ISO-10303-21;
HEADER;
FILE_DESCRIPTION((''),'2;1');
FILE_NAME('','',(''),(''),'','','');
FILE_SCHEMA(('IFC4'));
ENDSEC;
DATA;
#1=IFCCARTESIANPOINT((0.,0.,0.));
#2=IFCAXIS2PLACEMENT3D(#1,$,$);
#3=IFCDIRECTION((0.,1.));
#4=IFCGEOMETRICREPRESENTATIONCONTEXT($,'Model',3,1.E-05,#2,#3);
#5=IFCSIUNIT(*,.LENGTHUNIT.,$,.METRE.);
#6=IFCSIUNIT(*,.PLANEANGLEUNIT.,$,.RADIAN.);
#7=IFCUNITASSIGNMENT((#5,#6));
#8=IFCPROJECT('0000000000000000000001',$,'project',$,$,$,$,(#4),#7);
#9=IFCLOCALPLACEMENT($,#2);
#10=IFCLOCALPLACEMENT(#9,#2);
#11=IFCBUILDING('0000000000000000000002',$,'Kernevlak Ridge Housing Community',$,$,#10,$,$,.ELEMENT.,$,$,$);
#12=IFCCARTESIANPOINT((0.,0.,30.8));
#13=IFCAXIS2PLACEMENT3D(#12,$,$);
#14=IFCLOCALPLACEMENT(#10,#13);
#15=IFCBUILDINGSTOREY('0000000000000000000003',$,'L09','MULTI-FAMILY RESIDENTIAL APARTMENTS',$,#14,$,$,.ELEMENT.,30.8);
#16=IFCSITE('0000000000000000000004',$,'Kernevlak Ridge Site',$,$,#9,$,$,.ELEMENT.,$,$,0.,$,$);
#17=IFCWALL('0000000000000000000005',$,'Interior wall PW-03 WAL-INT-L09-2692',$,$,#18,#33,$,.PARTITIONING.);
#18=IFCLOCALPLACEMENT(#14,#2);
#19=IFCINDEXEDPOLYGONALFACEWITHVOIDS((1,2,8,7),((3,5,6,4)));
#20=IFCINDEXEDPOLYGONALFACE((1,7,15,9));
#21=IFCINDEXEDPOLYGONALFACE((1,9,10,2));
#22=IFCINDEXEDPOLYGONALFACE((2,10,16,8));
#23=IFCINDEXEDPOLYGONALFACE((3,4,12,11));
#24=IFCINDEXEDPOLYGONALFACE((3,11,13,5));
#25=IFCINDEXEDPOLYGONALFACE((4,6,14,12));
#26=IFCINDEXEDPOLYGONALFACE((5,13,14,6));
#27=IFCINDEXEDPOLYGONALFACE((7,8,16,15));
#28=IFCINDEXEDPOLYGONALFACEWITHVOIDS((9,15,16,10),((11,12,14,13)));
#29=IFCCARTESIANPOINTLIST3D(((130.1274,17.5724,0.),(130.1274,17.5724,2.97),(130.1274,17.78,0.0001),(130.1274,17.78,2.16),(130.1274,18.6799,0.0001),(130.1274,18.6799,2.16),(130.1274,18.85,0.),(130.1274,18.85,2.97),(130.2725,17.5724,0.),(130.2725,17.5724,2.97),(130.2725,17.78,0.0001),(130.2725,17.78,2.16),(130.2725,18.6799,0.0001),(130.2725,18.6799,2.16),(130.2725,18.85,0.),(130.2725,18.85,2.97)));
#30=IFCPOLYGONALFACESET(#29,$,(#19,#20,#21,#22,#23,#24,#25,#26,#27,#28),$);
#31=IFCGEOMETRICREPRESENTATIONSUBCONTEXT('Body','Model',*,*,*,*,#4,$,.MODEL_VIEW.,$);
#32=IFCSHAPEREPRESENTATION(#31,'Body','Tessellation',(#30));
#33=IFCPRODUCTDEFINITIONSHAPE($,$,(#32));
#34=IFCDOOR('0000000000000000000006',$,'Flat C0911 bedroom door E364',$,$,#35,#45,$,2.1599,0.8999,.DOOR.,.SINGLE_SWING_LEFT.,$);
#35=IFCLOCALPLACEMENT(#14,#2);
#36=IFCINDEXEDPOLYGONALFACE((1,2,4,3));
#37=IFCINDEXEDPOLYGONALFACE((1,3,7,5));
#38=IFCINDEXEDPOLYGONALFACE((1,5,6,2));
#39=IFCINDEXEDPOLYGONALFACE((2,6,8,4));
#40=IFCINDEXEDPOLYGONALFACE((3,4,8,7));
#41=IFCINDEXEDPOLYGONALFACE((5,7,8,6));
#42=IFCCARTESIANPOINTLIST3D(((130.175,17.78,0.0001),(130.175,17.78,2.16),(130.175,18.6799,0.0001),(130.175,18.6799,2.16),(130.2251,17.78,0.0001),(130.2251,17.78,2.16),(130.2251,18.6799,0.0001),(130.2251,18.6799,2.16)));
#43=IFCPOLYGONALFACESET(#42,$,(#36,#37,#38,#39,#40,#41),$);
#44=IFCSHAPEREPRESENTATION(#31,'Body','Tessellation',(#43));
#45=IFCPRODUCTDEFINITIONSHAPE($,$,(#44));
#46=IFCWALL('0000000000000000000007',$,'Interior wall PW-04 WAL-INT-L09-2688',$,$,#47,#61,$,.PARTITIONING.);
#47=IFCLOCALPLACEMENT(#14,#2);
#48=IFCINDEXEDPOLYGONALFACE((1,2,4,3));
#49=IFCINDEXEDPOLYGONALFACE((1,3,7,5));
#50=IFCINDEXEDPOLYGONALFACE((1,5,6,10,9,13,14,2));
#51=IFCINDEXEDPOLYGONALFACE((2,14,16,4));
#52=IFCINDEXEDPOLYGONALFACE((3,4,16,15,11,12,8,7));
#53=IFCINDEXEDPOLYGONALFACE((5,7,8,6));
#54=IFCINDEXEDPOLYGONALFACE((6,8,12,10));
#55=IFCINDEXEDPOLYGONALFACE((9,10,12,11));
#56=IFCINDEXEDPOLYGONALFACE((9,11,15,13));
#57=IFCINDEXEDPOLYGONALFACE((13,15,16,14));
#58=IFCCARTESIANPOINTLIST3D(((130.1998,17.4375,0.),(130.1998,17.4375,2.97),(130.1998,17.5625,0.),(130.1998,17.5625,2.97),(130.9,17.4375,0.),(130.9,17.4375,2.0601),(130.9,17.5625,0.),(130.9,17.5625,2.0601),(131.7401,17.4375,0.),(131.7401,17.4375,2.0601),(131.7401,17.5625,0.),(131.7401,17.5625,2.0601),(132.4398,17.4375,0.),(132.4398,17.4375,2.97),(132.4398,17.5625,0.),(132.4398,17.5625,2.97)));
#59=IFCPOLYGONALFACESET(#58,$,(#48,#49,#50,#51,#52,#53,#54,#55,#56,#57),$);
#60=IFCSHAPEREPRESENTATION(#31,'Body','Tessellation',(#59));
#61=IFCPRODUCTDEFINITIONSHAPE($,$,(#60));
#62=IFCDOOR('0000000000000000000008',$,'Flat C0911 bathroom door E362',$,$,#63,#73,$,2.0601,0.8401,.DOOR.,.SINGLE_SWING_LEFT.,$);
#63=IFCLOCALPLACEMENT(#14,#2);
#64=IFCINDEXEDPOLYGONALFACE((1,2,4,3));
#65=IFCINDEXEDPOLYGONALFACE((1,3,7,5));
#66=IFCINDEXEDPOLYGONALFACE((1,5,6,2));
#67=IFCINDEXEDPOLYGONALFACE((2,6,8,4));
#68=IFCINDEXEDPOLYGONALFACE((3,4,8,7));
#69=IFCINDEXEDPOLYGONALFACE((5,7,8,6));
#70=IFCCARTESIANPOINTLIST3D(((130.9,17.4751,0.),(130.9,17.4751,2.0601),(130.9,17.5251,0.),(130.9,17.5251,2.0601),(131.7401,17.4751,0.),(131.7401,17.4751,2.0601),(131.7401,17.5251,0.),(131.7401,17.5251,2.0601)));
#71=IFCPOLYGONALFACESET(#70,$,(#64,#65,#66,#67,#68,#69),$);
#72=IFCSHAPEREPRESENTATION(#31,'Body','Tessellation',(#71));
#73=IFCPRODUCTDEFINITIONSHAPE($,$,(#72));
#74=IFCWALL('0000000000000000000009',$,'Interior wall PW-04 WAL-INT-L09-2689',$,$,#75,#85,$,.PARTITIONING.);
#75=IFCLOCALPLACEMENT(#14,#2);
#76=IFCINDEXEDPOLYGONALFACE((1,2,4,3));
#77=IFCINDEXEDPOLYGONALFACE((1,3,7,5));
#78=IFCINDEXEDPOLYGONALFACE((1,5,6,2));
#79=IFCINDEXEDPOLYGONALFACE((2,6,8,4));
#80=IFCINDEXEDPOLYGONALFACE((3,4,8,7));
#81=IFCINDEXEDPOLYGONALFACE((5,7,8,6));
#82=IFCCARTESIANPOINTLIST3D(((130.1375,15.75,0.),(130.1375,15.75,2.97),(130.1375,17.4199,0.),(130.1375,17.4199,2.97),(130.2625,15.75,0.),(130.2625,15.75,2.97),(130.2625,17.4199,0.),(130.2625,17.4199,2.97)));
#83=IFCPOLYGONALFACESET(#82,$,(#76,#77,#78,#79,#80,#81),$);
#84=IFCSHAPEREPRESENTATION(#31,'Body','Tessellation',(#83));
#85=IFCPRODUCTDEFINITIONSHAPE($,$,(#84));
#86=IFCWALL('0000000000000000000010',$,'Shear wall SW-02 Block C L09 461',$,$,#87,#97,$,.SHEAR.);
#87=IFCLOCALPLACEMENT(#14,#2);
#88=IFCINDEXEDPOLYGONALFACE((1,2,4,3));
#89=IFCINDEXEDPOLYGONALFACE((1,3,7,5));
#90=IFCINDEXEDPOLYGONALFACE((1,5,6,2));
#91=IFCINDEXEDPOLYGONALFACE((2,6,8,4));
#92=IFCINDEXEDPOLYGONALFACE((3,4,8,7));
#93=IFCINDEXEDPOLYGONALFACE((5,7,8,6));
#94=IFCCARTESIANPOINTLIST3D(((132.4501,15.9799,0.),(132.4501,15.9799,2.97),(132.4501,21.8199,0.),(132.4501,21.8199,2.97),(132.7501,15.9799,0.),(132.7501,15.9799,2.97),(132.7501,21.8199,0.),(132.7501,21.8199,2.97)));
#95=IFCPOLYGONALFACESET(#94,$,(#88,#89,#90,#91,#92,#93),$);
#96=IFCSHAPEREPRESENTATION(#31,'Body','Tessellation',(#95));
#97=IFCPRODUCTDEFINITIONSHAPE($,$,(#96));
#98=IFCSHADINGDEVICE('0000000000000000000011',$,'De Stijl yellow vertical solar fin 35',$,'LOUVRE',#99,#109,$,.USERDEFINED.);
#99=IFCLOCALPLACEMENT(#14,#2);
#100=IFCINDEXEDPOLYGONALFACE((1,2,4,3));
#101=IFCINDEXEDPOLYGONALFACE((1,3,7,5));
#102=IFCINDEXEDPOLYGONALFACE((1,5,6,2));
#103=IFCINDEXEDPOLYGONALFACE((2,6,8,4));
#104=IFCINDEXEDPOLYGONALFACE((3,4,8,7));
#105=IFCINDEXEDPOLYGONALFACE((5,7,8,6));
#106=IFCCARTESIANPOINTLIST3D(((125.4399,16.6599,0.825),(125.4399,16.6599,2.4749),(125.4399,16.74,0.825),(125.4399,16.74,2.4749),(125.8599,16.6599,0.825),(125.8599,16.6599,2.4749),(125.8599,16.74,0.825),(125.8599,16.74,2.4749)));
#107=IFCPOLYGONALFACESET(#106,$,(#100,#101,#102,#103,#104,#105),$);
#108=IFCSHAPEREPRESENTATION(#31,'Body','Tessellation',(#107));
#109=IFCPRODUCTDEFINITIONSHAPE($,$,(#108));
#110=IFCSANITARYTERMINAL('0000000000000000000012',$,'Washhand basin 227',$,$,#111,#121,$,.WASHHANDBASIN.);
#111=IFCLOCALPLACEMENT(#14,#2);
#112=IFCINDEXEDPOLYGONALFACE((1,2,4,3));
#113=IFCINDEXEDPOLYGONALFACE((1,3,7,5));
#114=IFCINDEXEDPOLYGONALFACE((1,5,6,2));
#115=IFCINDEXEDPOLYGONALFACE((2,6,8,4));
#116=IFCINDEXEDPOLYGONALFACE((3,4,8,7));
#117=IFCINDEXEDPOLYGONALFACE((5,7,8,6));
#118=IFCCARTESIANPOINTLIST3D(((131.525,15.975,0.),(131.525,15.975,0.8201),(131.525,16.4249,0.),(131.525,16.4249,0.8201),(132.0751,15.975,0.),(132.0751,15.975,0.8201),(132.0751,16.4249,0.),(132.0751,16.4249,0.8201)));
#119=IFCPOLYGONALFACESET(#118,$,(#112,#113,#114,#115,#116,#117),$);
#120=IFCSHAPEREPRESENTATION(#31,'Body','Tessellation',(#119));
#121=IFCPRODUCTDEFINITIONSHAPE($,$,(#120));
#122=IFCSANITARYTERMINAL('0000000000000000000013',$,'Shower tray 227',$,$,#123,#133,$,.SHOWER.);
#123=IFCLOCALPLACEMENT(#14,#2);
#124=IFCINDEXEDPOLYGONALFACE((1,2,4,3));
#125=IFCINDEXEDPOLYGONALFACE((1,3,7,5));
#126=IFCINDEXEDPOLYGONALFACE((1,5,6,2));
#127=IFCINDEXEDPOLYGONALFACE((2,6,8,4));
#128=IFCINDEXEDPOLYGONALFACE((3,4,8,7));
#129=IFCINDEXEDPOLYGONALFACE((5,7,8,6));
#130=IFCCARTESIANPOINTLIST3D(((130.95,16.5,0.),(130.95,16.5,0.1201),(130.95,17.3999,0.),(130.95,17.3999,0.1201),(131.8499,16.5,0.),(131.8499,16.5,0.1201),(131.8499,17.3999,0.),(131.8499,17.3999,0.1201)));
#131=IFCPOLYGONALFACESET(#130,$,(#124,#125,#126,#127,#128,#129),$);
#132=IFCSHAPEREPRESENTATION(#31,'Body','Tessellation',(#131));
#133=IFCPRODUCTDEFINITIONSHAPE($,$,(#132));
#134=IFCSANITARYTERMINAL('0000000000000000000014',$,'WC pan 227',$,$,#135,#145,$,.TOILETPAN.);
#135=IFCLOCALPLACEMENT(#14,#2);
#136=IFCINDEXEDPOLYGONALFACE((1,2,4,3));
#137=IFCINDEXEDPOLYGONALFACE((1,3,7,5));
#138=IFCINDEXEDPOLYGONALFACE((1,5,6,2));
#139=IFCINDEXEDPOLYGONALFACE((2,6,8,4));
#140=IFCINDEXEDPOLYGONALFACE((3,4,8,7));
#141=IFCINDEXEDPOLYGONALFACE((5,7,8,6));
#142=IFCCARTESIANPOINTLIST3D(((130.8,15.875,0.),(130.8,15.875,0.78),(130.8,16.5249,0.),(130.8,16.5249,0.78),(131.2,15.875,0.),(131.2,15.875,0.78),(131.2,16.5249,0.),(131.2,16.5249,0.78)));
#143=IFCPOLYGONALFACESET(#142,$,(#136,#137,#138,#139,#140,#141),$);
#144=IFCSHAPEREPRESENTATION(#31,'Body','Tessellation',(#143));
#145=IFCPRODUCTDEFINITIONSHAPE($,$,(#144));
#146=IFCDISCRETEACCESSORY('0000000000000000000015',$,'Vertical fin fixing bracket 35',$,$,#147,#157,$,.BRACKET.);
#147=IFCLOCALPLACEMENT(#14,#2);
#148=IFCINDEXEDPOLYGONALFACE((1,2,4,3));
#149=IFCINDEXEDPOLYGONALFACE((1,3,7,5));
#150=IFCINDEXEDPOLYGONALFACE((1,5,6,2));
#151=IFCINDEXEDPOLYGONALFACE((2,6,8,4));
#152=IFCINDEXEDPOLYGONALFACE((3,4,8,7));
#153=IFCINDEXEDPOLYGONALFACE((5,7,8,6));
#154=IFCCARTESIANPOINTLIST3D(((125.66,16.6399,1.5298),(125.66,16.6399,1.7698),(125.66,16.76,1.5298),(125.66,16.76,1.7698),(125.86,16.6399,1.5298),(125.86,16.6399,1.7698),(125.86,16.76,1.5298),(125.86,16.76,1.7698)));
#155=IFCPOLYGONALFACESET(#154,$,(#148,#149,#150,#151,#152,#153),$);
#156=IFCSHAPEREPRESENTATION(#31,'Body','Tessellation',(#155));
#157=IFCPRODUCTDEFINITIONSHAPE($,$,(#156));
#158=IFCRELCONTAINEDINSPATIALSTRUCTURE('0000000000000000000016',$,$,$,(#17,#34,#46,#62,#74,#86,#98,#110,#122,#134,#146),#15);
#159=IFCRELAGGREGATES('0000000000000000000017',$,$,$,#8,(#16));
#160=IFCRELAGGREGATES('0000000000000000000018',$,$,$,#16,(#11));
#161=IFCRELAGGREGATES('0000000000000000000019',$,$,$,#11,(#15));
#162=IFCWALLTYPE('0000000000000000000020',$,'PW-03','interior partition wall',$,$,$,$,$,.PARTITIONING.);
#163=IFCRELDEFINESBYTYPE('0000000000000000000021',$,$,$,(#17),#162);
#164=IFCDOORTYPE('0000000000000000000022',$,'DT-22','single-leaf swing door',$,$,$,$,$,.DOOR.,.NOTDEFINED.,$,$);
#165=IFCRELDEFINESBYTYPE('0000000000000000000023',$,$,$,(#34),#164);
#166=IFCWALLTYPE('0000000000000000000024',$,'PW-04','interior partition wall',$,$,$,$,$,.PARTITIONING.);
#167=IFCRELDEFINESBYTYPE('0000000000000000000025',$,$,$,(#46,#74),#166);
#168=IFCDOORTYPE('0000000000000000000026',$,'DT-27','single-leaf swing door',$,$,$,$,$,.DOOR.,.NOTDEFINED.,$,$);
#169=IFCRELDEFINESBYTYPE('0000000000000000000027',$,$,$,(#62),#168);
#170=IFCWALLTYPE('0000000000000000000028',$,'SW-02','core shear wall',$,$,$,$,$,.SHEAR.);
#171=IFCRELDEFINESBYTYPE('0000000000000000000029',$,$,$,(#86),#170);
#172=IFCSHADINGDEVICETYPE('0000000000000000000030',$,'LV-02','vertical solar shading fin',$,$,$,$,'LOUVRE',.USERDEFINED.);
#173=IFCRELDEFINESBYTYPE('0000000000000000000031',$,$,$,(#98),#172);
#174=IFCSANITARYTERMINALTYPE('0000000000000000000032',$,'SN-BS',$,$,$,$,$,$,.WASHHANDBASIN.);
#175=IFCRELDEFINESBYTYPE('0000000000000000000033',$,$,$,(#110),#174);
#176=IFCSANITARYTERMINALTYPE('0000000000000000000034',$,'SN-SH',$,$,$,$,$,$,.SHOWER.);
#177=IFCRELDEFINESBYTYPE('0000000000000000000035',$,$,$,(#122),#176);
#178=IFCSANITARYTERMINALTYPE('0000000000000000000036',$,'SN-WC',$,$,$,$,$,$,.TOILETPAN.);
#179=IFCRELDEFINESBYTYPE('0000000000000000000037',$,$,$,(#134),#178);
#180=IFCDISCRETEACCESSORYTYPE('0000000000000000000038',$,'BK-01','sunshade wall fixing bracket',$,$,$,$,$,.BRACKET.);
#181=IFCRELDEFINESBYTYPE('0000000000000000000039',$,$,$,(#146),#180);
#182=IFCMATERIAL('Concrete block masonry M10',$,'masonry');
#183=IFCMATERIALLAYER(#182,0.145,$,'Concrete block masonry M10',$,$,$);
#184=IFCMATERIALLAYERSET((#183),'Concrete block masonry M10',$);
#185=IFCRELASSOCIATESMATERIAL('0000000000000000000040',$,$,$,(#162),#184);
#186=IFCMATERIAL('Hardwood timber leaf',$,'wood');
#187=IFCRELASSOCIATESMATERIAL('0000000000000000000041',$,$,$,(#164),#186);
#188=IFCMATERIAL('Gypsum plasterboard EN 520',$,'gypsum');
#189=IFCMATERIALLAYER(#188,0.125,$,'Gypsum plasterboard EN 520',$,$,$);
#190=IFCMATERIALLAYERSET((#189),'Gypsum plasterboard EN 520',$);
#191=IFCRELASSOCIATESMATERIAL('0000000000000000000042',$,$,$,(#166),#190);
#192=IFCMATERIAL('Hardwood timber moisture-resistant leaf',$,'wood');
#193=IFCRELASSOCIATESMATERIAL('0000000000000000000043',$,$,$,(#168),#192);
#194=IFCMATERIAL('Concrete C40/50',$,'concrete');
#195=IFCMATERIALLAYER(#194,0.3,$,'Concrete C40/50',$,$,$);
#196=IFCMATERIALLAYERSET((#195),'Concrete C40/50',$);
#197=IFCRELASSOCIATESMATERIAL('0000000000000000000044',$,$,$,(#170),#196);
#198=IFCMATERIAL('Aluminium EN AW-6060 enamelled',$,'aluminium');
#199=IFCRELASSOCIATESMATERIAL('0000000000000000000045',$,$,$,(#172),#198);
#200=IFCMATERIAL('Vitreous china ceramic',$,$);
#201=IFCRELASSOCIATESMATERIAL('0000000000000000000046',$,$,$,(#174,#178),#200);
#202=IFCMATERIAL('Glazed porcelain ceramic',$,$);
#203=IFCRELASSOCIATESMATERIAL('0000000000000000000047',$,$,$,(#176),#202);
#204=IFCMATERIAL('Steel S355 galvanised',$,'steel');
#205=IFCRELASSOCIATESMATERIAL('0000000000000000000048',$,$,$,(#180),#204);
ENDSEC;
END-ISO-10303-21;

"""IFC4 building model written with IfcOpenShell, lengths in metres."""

from ifc_helpers import new_model, si_unit, direction, frame, frame_2d, origin, origin_2d, place, context, subcontext, project, spatial, rectangle, extrude, material, layer, layer_set, type_object, element, fill, save


model = new_model("IFC4")

# Units and contexts
model_context = context("Model", 3, precision=1e-05, world=origin(), true_north=direction((0.0, 1.0)))
body_context = subcontext(model_context, "Body", "Model", "MODEL_VIEW")
ifc_project = project(units=[si_unit("LENGTHUNIT", "METRE"), si_unit("PLANEANGLEUNIT", "RADIAN")], contexts=[model_context])

# Site, building, storey
site_placement = place(None, origin())
site = spatial("IfcSite", under=ifc_project, at=site_placement, Name="Kernevlak Ridge Site", CompositionType="ELEMENT", RefElevation=0.0)
building_placement = place(site_placement, origin())
building = spatial("IfcBuilding", under=site, at=building_placement, Name="Kernevlak Ridge Housing Community", CompositionType="ELEMENT")
storey_placement = place(building_placement, frame((0.0, 0.0, 30.8)))
storey = spatial("IfcBuildingStorey", under=building, at=storey_placement, Name="L09", Description="MULTI-FAMILY RESIDENTIAL APARTMENTS", CompositionType="ELEMENT", Elevation=30.8)

# Shared definitions
ifc_material_1 = material(Name="Concrete block masonry M10", Category="masonry")

# Walls, openings, doors
ifc_layer_1 = layer(ifc_material_1, 0.145, Name="Concrete block masonry M10")
ifc_layer_set_1 = layer_set([ifc_layer_1], Name="Concrete block masonry M10")
wall_type_1 = type_object("IfcWallType", Name="PW-03", Description="interior partition wall", PredefinedType="PARTITIONING", material=ifc_layer_set_1)
wall_1_placement = place(storey_placement, frame((130.2, 17.5725, 0.0), z_axis=(0.0, 0.0, 1.0), x_axis=(0.0, 1.0, 0.0)))
wall_1 = element("IfcWall", 1, at=wall_1_placement, inside=storey, type_object=wall_type_1, Name="Interior wall PW-03 WAL-INT-L09-2692", PredefinedType="PARTITIONING", context=body_context, shape_type="SweptSolid", body=[
    extrude(rectangle(XDim=1.2776, YDim=0.145, at=frame_2d((0.6387, 0.0))), origin(), (0.0, 0.0, 1.0), 2.97),
])
opening_1_placement = place(wall_1_placement, frame((0.2075, 0.0, 0.0)))
opening_1 = element("IfcOpeningElement", 2, at=opening_1_placement, cuts=wall_1, PredefinedType="OPENING", context=body_context, shape_type="SweptSolid", body=[
    extrude(rectangle(XDim=0.8999, YDim=2.1599, at=frame_2d((0.45, 1.0801))), frame((0.0, 0.0825, 0.0), z_axis=(0.0, -1.0, 0.0), x_axis=(1.0, 0.0, 0.0)), (0.0, 0.0, 1.0), 0.165),
])
ifc_material_2 = material(Name="Hardwood timber leaf", Category="wood")
door_type_1 = type_object("IfcDoorType", Name="DT-22", Description="single-leaf swing door", OperationType="NOTDEFINED", PredefinedType="DOOR", material=ifc_material_2)
door_1_placement = place(opening_1_placement, origin())
door_1 = element("IfcDoor", 3, at=door_1_placement, inside=storey, type_object=door_type_1, Name="Flat C0911 bedroom door E364", OperationType="SINGLE_SWING_LEFT", OverallHeight=2.1599, OverallWidth=0.8999, PredefinedType="DOOR", context=body_context, shape_type="SweptSolid", body=[
    extrude(rectangle(XDim=0.8999, YDim=2.1599, at=frame_2d((0.45, 1.0801))), frame((0.0, 0.0249, 0.0), z_axis=(0.0, -1.0, 0.0), x_axis=(1.0, 0.0, 0.0)), (0.0, 0.0, 1.0), 0.05),
])
fill(opening_1, door_1)
ifc_material_3 = material(Name="Gypsum plasterboard EN 520", Category="gypsum")
ifc_layer_2 = layer(ifc_material_3, 0.125, Name="Gypsum plasterboard EN 520")
ifc_layer_set_2 = layer_set([ifc_layer_2], Name="Gypsum plasterboard EN 520")
wall_type_2 = type_object("IfcWallType", Name="PW-04", Description="interior partition wall", PredefinedType="PARTITIONING", material=ifc_layer_set_2)
wall_2_placement = place(storey_placement, frame((132.4399, 17.5, 0.0), z_axis=(0.0, 0.0, 1.0), x_axis=(-1.0, 0.0, 0.0)))
wall_2 = element("IfcWall", 4, at=wall_2_placement, inside=storey, type_object=wall_type_2, Name="Interior wall PW-04 WAL-INT-L09-2688", PredefinedType="PARTITIONING", context=body_context, shape_type="SweptSolid", body=[
    extrude(rectangle(XDim=2.24, YDim=0.125, at=frame_2d((1.1201, 0.0))), origin(), (0.0, 0.0, 1.0), 2.97),
])
opening_2_placement = place(wall_2_placement, frame((0.7, 0.0, 0.0)))
opening_2 = element("IfcOpeningElement", 5, at=opening_2_placement, cuts=wall_2, PredefinedType="OPENING", context=body_context, shape_type="SweptSolid", body=[
    extrude(rectangle(XDim=0.8401, YDim=2.0601, at=frame_2d((0.4199, 1.03))), frame((0.0, 0.0725, 0.0), z_axis=(0.0, -1.0, 0.0), x_axis=(1.0, 0.0, 0.0)), (0.0, 0.0, 1.0), 0.145),
])
ifc_material_4 = material(Name="Hardwood timber moisture-resistant leaf", Category="wood")
door_type_2 = type_object("IfcDoorType", Name="DT-27", Description="single-leaf swing door", OperationType="NOTDEFINED", PredefinedType="DOOR", material=ifc_material_4)
door_2_placement = place(opening_2_placement, origin())
door_2 = element("IfcDoor", 6, at=door_2_placement, inside=storey, type_object=door_type_2, Name="Flat C0911 bathroom door E362", OperationType="SINGLE_SWING_LEFT", OverallHeight=2.0601, OverallWidth=0.8401, PredefinedType="DOOR", context=body_context, shape_type="SweptSolid", body=[
    extrude(rectangle(XDim=0.8401, YDim=2.0601, at=frame_2d((0.4199, 1.03))), frame((0.0, 0.0249, 0.0), z_axis=(0.0, -1.0, 0.0), x_axis=(1.0, 0.0, 0.0)), (0.0, 0.0, 1.0), 0.05),
])
fill(opening_2, door_2)

# Walls
wall_3_placement = place(storey_placement, frame((130.2, 15.75, 0.0), z_axis=(0.0, 0.0, 1.0), x_axis=(0.0, 1.0, 0.0)))
element("IfcWall", 7, at=wall_3_placement, inside=storey, type_object=wall_type_2, Name="Interior wall PW-04 WAL-INT-L09-2689", PredefinedType="PARTITIONING", context=body_context, shape_type="SweptSolid", body=[
    extrude(rectangle(XDim=1.6699, YDim=0.125, at=frame_2d((0.835, 0.0))), origin(), (0.0, 0.0, 1.0), 2.97),
])
ifc_material_5 = material(Name="Concrete C40/50", Category="concrete")
ifc_layer_3 = layer(ifc_material_5, 0.3, Name="Concrete C40/50")
ifc_layer_set_3 = layer_set([ifc_layer_3], Name="Concrete C40/50")
wall_type_3 = type_object("IfcWallType", Name="SW-02", Description="core shear wall", PredefinedType="SHEAR", material=ifc_layer_set_3)
wall_4_placement = place(storey_placement, frame((132.6001, 15.98, 0.0), z_axis=(0.0, 0.0, 1.0), x_axis=(0.0, 1.0, 0.0)))
element("IfcWall", 8, at=wall_4_placement, inside=storey, type_object=wall_type_3, Name="Shear wall SW-02 Block C L09 461", PredefinedType="SHEAR", context=body_context, shape_type="SweptSolid", body=[
    extrude(rectangle(XDim=5.8401, YDim=0.3, at=frame_2d((2.9199, 0.0))), origin(), (0.0, 0.0, 1.0), 2.97),
])

# Shading device
ifc_material_6 = material(Name="Aluminium EN AW-6060 enamelled", Category="aluminium")
shading_device_type = type_object("IfcShadingDeviceType", Name="LV-02", Description="vertical solar shading fin", ElementType="LOUVRE", PredefinedType="USERDEFINED", material=ifc_material_6)
shading_device_placement = place(storey_placement, frame((125.6499, 16.7, 0.825), z_axis=(0.0, 0.0, 1.0), x_axis=(0.0, 1.0, 0.0)))
element("IfcShadingDevice", 9, at=shading_device_placement, inside=storey, type_object=shading_device_type, Name="De Stijl yellow vertical solar fin 35", ObjectType="LOUVRE", PredefinedType="USERDEFINED", context=body_context, shape_type="SweptSolid", body=[
    extrude(rectangle(XDim=0.0801, YDim=0.4199, at=origin_2d()), origin(), (0.0, 0.0, 1.0), 1.6499),
])

# Sanitary terminals
ifc_material_7 = material(Name="Vitreous china ceramic")
sanitary_terminal_type_1 = type_object("IfcSanitaryTerminalType", Name="SN-BS", PredefinedType="WASHHANDBASIN", material=ifc_material_7)
sanitary_terminal_1_placement = place(storey_placement, frame((131.8, 16.2, 0.0), z_axis=(0.0, 0.0, 1.0), x_axis=(1.0, 0.0, 0.0)))
element("IfcSanitaryTerminal", 10, at=sanitary_terminal_1_placement, inside=storey, type_object=sanitary_terminal_type_1, Name="Washhand basin 227", PredefinedType="WASHHANDBASIN", context=body_context, shape_type="SweptSolid", body=[
    extrude(rectangle(XDim=0.55, YDim=0.45, at=origin_2d()), origin(), (0.0, 0.0, 1.0), 0.8201),
])
ifc_material_8 = material(Name="Glazed porcelain ceramic")
sanitary_terminal_type_2 = type_object("IfcSanitaryTerminalType", Name="SN-SH", PredefinedType="SHOWER", material=ifc_material_8)
sanitary_terminal_2_placement = place(storey_placement, frame((131.3999, 16.95, 0.0), z_axis=(0.0, 0.0, 1.0), x_axis=(1.0, 0.0, 0.0)))
element("IfcSanitaryTerminal", 11, at=sanitary_terminal_2_placement, inside=storey, type_object=sanitary_terminal_type_2, Name="Shower tray 227", PredefinedType="SHOWER", context=body_context, shape_type="SweptSolid", body=[
    extrude(rectangle(XDim=0.8999, YDim=0.8999, at=origin_2d()), origin(), (0.0, 0.0, 1.0), 0.1201),
])
sanitary_terminal_type_3 = type_object("IfcSanitaryTerminalType", Name="SN-WC", PredefinedType="TOILETPAN", material=ifc_material_7)
sanitary_terminal_3_placement = place(storey_placement, frame((131.0, 16.2, 0.0), z_axis=(0.0, 0.0, 1.0), x_axis=(1.0, 0.0, 0.0)))
element("IfcSanitaryTerminal", 12, at=sanitary_terminal_3_placement, inside=storey, type_object=sanitary_terminal_type_3, Name="WC pan 227", PredefinedType="TOILETPAN", context=body_context, shape_type="SweptSolid", body=[
    extrude(rectangle(XDim=0.3999, YDim=0.6499, at=origin_2d()), origin(), (0.0, 0.0, 1.0), 0.78),
])

# Discrete accessory
ifc_material_9 = material(Name="Steel S355 galvanised", Category="steel")
discrete_accessory_type = type_object("IfcDiscreteAccessoryType", Name="BK-01", Description="sunshade wall fixing bracket", PredefinedType="BRACKET", material=ifc_material_9)
discrete_accessory_placement = place(storey_placement, frame((125.76, 16.7, 1.5298), z_axis=(0.0, 0.0, 1.0), x_axis=(0.0, 1.0, 0.0)))
element("IfcDiscreteAccessory", 13, at=discrete_accessory_placement, inside=storey, type_object=discrete_accessory_type, Name="Vertical fin fixing bracket 35", PredefinedType="BRACKET", context=body_context, shape_type="SweptSolid", body=[
    extrude(rectangle(XDim=0.1201, YDim=0.2, at=origin_2d()), origin(), (0.0, 0.0, 1.0), 0.24),
])

save(model, "model.ifc")
